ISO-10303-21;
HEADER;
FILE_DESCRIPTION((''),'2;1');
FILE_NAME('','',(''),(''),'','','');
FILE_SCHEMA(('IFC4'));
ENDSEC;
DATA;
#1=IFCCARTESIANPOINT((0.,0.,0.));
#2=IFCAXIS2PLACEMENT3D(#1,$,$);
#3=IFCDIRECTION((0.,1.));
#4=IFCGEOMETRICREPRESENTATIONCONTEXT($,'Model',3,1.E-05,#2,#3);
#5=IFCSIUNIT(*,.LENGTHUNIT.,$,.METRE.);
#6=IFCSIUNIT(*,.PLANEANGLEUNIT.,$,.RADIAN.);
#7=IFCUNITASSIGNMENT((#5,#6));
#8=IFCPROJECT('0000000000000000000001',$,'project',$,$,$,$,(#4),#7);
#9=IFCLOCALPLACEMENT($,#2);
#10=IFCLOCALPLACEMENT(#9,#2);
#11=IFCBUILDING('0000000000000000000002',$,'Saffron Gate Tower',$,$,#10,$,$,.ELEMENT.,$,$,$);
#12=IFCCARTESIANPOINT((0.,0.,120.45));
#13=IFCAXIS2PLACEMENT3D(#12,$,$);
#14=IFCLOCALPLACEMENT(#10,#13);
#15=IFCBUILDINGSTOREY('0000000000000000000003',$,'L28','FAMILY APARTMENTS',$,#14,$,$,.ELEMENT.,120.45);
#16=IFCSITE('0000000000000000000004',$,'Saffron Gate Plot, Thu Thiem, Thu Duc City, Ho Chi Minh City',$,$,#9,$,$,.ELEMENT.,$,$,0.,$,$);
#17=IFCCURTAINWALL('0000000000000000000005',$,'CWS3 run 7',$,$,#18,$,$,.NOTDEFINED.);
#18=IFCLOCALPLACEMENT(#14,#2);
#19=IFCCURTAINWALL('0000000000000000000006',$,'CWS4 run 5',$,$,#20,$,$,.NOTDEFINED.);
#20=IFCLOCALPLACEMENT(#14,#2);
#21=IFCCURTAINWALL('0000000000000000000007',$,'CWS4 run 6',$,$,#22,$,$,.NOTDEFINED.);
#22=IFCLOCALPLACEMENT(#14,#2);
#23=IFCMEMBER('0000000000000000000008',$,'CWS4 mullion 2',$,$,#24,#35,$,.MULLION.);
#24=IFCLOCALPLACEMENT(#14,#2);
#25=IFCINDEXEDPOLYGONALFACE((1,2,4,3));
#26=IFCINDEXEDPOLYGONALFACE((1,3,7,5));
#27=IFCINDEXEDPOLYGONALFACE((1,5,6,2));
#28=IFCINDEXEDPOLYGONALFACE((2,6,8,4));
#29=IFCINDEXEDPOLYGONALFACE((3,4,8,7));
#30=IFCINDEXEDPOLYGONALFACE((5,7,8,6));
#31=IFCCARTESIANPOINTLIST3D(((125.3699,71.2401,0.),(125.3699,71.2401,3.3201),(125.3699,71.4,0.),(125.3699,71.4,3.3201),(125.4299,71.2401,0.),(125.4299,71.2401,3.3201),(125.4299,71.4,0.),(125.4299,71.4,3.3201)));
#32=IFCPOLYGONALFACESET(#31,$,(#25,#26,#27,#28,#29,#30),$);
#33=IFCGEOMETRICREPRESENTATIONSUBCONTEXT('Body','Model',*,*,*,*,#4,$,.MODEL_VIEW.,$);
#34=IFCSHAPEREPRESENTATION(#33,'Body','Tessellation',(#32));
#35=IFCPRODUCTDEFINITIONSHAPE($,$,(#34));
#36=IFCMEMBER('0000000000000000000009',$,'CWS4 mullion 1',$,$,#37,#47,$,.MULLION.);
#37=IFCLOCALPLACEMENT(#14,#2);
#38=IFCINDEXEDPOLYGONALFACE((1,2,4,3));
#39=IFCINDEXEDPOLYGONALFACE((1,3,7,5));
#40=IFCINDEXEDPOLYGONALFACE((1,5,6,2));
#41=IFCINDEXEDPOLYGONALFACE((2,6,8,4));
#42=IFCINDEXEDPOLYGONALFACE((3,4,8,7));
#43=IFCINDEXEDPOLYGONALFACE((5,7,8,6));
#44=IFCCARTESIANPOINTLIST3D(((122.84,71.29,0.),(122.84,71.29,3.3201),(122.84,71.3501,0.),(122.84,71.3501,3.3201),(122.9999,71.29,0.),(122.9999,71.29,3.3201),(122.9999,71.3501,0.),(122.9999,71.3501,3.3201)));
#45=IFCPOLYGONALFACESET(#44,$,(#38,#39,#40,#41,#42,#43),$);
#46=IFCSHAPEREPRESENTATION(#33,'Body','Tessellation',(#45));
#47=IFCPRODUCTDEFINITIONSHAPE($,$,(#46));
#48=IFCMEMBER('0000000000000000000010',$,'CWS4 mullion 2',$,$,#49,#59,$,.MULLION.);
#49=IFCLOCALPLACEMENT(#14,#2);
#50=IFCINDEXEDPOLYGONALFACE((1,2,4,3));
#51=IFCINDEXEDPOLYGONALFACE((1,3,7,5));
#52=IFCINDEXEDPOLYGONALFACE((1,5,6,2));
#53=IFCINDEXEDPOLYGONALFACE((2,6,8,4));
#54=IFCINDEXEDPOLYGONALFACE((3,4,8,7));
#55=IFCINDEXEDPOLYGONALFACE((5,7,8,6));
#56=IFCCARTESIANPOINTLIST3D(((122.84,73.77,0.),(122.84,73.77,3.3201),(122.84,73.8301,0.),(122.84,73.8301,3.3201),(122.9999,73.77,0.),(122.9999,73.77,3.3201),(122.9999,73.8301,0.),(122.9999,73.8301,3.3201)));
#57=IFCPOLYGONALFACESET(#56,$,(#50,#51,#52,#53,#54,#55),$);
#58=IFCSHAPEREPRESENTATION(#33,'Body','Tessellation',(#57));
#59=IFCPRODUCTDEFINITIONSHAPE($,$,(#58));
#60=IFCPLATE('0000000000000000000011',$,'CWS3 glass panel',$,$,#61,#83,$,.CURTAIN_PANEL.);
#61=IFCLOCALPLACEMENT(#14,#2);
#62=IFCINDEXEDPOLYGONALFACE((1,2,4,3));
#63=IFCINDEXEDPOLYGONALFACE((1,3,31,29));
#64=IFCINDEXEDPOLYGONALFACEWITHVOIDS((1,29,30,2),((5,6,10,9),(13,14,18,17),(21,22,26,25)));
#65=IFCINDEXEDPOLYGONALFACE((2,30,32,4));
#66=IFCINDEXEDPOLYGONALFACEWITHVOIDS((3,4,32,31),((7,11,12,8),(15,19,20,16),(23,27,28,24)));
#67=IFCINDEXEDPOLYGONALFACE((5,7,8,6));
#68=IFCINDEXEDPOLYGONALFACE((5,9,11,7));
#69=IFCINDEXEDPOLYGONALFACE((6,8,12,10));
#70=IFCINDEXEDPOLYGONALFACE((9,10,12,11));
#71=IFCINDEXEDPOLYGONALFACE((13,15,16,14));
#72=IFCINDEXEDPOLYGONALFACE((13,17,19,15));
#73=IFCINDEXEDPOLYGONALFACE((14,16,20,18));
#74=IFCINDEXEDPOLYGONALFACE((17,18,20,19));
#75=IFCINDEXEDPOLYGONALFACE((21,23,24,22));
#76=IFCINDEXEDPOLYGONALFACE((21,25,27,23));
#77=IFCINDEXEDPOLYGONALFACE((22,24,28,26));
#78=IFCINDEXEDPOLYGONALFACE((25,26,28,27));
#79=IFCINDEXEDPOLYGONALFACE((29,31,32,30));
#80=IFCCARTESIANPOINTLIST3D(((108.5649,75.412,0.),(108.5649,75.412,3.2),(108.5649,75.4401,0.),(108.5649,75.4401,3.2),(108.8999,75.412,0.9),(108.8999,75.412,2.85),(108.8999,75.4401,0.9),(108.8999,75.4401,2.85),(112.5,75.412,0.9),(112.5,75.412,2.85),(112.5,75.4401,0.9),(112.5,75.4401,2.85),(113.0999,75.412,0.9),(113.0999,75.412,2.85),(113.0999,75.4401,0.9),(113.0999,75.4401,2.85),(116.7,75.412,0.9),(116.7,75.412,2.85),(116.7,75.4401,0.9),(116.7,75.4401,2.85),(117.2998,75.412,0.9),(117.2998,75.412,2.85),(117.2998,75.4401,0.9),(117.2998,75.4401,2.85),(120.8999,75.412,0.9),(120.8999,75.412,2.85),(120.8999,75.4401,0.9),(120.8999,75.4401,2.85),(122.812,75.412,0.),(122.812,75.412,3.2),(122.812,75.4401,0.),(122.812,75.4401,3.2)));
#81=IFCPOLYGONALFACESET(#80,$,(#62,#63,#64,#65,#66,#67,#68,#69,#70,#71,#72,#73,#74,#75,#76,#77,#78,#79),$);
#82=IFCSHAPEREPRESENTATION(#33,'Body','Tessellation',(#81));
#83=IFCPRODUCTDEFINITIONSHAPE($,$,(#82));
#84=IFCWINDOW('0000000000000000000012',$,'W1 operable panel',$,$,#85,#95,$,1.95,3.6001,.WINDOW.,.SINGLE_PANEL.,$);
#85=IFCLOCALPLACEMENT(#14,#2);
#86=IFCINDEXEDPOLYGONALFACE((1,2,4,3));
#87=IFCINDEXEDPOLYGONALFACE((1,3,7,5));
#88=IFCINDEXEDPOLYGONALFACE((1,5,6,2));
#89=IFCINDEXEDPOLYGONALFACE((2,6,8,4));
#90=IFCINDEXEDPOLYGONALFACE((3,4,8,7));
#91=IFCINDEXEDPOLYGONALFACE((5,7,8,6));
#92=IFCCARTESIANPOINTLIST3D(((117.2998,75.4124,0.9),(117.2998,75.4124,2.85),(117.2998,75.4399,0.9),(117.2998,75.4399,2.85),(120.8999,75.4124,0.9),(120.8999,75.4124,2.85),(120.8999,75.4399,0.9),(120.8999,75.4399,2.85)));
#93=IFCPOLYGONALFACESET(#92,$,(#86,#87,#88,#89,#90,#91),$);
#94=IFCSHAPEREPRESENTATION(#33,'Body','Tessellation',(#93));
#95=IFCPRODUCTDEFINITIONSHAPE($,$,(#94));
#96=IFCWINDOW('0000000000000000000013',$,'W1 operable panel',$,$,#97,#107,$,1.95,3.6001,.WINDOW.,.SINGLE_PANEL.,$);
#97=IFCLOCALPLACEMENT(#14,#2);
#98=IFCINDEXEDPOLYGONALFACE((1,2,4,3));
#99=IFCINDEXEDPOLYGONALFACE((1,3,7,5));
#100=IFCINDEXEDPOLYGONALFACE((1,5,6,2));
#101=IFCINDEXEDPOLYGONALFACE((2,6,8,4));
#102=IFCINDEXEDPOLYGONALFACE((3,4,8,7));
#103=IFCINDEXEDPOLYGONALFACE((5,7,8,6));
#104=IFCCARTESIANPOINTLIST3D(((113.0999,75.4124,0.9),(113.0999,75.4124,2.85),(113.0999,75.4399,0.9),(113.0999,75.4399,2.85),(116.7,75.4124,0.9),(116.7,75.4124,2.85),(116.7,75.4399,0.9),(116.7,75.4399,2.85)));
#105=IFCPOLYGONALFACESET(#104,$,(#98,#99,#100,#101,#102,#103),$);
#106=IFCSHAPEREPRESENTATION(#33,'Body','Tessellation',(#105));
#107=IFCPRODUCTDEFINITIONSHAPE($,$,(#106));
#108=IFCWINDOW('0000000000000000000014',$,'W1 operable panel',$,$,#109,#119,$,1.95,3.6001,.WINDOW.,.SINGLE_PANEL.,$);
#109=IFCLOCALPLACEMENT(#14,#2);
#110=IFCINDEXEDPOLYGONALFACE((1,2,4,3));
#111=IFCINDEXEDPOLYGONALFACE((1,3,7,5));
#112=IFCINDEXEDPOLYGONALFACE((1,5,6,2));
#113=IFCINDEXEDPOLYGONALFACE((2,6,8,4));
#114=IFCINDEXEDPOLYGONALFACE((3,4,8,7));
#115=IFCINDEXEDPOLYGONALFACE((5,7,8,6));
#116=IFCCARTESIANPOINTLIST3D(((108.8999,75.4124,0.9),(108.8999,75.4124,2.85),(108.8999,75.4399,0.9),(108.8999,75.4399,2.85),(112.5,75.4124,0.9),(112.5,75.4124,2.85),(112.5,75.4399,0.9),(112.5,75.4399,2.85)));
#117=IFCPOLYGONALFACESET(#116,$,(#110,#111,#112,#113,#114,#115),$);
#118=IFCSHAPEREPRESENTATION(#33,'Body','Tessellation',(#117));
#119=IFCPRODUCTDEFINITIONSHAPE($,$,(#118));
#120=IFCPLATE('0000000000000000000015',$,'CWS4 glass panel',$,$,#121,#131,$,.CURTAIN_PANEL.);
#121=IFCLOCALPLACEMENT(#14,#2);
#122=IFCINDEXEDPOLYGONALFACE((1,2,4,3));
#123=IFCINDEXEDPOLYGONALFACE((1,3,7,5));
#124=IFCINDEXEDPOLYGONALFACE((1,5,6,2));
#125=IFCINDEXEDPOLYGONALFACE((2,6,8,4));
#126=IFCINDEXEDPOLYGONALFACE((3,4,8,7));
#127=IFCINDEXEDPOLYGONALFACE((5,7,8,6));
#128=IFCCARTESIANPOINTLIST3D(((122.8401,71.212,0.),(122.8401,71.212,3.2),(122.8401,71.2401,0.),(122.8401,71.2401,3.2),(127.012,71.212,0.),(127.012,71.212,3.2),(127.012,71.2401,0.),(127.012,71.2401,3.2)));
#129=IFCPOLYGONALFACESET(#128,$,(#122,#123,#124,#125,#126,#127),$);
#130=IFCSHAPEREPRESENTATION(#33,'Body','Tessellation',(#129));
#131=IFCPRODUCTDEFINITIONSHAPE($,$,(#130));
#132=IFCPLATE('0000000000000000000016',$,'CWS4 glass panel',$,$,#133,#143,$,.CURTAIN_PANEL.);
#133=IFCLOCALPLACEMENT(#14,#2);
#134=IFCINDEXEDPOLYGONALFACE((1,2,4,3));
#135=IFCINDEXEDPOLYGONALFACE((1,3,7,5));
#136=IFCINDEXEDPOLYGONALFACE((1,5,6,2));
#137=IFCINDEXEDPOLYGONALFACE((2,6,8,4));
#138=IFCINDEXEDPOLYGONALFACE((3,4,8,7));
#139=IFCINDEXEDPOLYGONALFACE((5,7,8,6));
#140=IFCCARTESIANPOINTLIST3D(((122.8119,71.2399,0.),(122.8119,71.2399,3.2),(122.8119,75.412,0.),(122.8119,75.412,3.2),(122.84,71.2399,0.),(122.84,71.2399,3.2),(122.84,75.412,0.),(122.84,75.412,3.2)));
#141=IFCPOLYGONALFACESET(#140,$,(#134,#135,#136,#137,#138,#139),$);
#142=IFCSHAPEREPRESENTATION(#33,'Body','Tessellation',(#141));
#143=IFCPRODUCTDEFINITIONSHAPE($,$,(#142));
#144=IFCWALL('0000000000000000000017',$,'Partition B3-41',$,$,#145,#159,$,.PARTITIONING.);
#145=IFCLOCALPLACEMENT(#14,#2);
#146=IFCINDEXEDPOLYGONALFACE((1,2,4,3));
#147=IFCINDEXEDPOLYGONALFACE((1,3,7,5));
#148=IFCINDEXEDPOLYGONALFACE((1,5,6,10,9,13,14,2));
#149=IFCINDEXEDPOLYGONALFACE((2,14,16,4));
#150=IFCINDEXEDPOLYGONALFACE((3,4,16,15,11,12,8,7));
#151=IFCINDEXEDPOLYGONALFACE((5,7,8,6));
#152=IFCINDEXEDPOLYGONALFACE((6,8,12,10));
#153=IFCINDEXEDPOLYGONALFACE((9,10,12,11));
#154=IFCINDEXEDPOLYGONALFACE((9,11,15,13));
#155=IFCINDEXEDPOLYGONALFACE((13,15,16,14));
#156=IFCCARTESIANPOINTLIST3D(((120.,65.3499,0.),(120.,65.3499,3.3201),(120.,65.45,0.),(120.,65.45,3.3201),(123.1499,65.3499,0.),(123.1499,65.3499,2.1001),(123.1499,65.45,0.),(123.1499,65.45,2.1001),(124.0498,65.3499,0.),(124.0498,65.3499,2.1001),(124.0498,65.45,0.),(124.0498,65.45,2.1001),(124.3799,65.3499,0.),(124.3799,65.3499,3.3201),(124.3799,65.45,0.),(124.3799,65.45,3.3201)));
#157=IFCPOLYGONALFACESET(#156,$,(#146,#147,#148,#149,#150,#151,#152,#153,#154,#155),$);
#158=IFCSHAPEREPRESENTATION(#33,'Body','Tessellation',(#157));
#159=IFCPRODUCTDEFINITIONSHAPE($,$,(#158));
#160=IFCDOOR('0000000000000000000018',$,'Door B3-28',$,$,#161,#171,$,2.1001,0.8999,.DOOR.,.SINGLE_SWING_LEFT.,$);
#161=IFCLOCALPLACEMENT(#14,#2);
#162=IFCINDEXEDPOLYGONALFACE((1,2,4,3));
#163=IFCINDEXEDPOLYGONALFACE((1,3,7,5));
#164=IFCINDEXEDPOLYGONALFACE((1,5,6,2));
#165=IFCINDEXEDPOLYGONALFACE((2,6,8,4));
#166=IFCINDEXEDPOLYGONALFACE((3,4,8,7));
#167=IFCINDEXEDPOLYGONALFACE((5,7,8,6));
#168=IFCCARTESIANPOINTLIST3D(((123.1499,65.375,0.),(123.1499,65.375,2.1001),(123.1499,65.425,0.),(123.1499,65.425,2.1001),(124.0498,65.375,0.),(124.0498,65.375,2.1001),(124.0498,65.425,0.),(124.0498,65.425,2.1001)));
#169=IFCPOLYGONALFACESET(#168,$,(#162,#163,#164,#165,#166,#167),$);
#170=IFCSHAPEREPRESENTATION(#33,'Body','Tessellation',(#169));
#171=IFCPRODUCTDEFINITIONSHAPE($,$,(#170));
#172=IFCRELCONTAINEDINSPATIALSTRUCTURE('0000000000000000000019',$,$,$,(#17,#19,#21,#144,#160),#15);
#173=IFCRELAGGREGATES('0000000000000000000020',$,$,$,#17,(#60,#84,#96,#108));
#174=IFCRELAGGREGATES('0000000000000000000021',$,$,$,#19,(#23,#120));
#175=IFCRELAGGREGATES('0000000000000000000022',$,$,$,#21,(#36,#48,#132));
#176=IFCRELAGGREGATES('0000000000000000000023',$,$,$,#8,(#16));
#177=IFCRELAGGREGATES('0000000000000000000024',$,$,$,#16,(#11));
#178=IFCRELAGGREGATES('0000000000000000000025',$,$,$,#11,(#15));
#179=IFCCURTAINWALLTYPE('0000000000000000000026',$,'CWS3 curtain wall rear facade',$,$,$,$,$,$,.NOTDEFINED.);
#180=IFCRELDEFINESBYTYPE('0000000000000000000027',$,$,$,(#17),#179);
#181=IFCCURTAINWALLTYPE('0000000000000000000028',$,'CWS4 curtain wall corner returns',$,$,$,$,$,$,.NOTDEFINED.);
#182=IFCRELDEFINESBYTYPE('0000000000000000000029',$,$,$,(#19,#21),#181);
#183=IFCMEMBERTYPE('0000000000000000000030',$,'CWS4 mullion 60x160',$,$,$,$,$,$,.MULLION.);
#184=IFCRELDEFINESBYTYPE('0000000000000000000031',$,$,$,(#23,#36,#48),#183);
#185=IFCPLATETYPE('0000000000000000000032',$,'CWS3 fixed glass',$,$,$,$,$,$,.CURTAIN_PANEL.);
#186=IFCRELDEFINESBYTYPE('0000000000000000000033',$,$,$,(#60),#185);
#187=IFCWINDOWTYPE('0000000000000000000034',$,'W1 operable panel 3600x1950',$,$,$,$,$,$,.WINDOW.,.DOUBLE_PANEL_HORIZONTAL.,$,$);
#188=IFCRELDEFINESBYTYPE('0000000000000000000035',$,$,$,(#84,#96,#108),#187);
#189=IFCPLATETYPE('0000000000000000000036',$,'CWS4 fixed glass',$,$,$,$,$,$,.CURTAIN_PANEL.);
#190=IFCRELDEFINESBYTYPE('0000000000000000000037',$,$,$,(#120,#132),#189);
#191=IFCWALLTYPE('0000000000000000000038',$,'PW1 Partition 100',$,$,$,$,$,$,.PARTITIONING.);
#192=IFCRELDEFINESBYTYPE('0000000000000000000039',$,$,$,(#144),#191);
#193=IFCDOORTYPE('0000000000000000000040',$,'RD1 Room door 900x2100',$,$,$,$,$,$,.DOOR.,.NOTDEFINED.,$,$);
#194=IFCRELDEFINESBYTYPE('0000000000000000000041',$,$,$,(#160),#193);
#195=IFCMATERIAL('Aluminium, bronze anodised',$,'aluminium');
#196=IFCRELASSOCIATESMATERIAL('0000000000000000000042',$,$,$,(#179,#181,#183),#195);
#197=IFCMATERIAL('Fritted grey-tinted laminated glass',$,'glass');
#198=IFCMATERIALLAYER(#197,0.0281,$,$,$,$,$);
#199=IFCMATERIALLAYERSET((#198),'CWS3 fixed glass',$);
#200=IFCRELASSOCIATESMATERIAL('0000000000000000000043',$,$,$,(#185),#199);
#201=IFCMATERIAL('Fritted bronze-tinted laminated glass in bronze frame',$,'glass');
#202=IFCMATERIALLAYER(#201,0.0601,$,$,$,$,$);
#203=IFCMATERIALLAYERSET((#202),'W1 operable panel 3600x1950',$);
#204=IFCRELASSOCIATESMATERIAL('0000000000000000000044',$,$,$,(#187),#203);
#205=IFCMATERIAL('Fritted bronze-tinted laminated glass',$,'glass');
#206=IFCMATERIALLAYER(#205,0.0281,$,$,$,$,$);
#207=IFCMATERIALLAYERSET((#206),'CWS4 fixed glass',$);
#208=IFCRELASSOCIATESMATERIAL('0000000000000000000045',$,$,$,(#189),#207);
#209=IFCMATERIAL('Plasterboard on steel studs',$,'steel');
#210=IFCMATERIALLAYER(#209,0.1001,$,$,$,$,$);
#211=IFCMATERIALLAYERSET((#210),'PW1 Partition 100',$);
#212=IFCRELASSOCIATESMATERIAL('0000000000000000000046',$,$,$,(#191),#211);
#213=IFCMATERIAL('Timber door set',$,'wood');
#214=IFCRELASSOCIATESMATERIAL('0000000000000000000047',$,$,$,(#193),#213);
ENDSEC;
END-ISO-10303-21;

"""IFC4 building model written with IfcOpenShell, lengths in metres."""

from ifc_helpers import new_model, si_unit, direction, frame, frame_2d, origin, origin_2d, place, context, subcontext, project, spatial, rectangle, extrude, material, layer, layer_set, material_profile, profile_set, type_object, element, fill, aggregate, save


model = new_model("IFC4")

# Units and contexts
model_context = context("Model", 3, precision=1e-05, world=origin(), true_north=direction((0.0, 1.0)))
body_context = subcontext(model_context, "Body", "Model", "MODEL_VIEW")
ifc_project = project(units=[si_unit("LENGTHUNIT", "METRE"), si_unit("PLANEANGLEUNIT", "RADIAN")], contexts=[model_context])

# Site, building, storey
site_placement = place(None, origin())
site = spatial("IfcSite", under=ifc_project, at=site_placement, Name="Saffron Gate Plot, Thu Thiem, Thu Duc City, Ho Chi Minh City", CompositionType="ELEMENT", RefElevation=0.0)
building_placement = place(site_placement, origin())
building = spatial("IfcBuilding", under=site, at=building_placement, Name="Saffron Gate Tower", CompositionType="ELEMENT")
storey_placement = place(building_placement, frame((0.0, 0.0, 120.45)))
storey = spatial("IfcBuildingStorey", under=building, at=storey_placement, Name="L28", Description="FAMILY APARTMENTS", CompositionType="ELEMENT", Elevation=120.45)

# Curtain wall
ifc_material_1 = material(Name="Aluminium, bronze anodised", Category="aluminium")
curtain_wall_type_1 = type_object("IfcCurtainWallType", Name="CWS3 curtain wall rear facade", PredefinedType="NOTDEFINED", material=ifc_material_1)
curtain_wall_1_placement = place(storey_placement, origin())
curtain_wall_1 = element("IfcCurtainWall", 1, at=curtain_wall_1_placement, inside=storey, type_object=curtain_wall_type_1, Name="CWS3 run 7", PredefinedType="NOTDEFINED")

# Curtain walls
curtain_wall_type_2 = type_object("IfcCurtainWallType", Name="CWS4 curtain wall corner returns", PredefinedType="NOTDEFINED", material=ifc_material_1)
curtain_wall_2_placement = place(storey_placement, origin())
curtain_wall_2 = element("IfcCurtainWall", 2, at=curtain_wall_2_placement, inside=storey, type_object=curtain_wall_type_2, Name="CWS4 run 5", PredefinedType="NOTDEFINED")
curtain_wall_3_placement = place(storey_placement, origin())
curtain_wall_3 = element("IfcCurtainWall", 3, at=curtain_wall_3_placement, inside=storey, type_object=curtain_wall_type_2, Name="CWS4 run 6", PredefinedType="NOTDEFINED")

# Members
ifc_material_profile_1 = material_profile(ifc_material_1, rectangle(XDim=0.1599, YDim=0.0601, at=origin_2d()))
ifc_profile_set_1 = profile_set([ifc_material_profile_1], Name="Aluminium, bronze anodised")
member_type_1 = type_object("IfcMemberType", Name="CWS4 mullion 60x160", PredefinedType="MULLION", material=ifc_profile_set_1)
member_1_placement = place(storey_placement, frame((125.3999, 71.3201, 0.0), z_axis=(0.0, 0.0, 1.0), x_axis=(0.0, -1.0, 0.0)))
member_1 = element("IfcMember", 4, at=member_1_placement, type_object=member_type_1, Name="CWS4 mullion 2", PredefinedType="MULLION", context=body_context, shape_type="SweptSolid", body=[
    extrude(rectangle(XDim=0.1599, YDim=0.0601, at=origin_2d()), origin(), (0.0, 0.0, 1.0), 3.3201),
])
member_2_placement = place(storey_placement, frame((122.9199, 71.3201, 0.0), z_axis=(0.0, 0.0, 1.0), x_axis=(-1.0, 0.0, 0.0)))
member_2 = element("IfcMember", 5, at=member_2_placement, type_object=member_type_1, Name="CWS4 mullion 1", PredefinedType="MULLION", context=body_context, shape_type="SweptSolid", body=[
    extrude(rectangle(XDim=0.1599, YDim=0.0601, at=origin_2d()), origin(), (0.0, 0.0, 1.0), 3.3201),
])
member_3_placement = place(storey_placement, frame((122.9199, 73.8, 0.0), z_axis=(0.0, 0.0, 1.0), x_axis=(-1.0, 0.0, 0.0)))
member_3 = element("IfcMember", 6, at=member_3_placement, type_object=member_type_1, Name="CWS4 mullion 2", PredefinedType="MULLION", context=body_context, shape_type="SweptSolid", body=[
    extrude(rectangle(XDim=0.1599, YDim=0.0601, at=origin_2d()), origin(), (0.0, 0.0, 1.0), 3.3201),
])

# Plate, openings, windows
ifc_material_2 = material(Name="Fritted grey-tinted laminated glass", Category="glass")
ifc_layer_1 = layer(ifc_material_2, 0.0281)
ifc_layer_set_1 = layer_set([ifc_layer_1], Name="CWS3 fixed glass")
plate_type_1 = type_object("IfcPlateType", Name="CWS3 fixed glass", PredefinedType="CURTAIN_PANEL", material=ifc_layer_set_1)
plate_1_placement = place(storey_placement, frame((122.812, 75.426, 0.0), z_axis=(0.0, 0.0, 1.0), x_axis=(-1.0, 0.0, 0.0)))
plate_1 = element("IfcPlate", 7, at=plate_1_placement, type_object=plate_type_1, Name="CWS3 glass panel", PredefinedType="CURTAIN_PANEL", context=body_context, shape_type="SweptSolid", body=[
    extrude(rectangle(XDim=14.2471, YDim=0.0281, at=frame_2d((7.1235, 0.0))), origin(), (0.0, 0.0, 1.0), 3.2),
])
opening_1_placement = place(plate_1_placement, frame((1.9121, 0.0, 0.8999)))
opening_1 = element("IfcOpeningElement", 8, at=opening_1_placement, cuts=plate_1, PredefinedType="OPENING", context=body_context, shape_type="SweptSolid", body=[
    extrude(rectangle(XDim=3.6001, YDim=1.95, at=frame_2d((1.8, 0.9751))), frame((0.0, 0.0239, 0.0), z_axis=(0.0, -1.0, 0.0), x_axis=(1.0, 0.0, 0.0)), (0.0, 0.0, 1.0), 0.0481),
])
opening_2_placement = place(plate_1_placement, frame((6.1121, 0.0, 0.8999)))
opening_2 = element("IfcOpeningElement", 9, at=opening_2_placement, cuts=plate_1, PredefinedType="OPENING", context=body_context, shape_type="SweptSolid", body=[
    extrude(rectangle(XDim=3.6001, YDim=1.95, at=frame_2d((1.8, 0.9751))), frame((0.0, 0.0239, 0.0), z_axis=(0.0, -1.0, 0.0), x_axis=(1.0, 0.0, 0.0)), (0.0, 0.0, 1.0), 0.0481),
])
opening_3_placement = place(plate_1_placement, frame((10.312, 0.0, 0.8999)))
opening_3 = element("IfcOpeningElement", 10, at=opening_3_placement, cuts=plate_1, PredefinedType="OPENING", context=body_context, shape_type="SweptSolid", body=[
    extrude(rectangle(XDim=3.6001, YDim=1.95, at=frame_2d((1.8, 0.9751))), frame((0.0, 0.0239, 0.0), z_axis=(0.0, -1.0, 0.0), x_axis=(1.0, 0.0, 0.0)), (0.0, 0.0, 1.0), 0.0481),
])
ifc_material_3 = material(Name="Fritted bronze-tinted laminated glass in bronze frame", Category="glass")
ifc_layer_2 = layer(ifc_material_3, 0.0601)
ifc_layer_set_2 = layer_set([ifc_layer_2], Name="W1 operable panel 3600x1950")
window_type = type_object("IfcWindowType", Name="W1 operable panel 3600x1950", PartitioningType="DOUBLE_PANEL_HORIZONTAL", PredefinedType="WINDOW", material=ifc_layer_set_2)
window_1_placement = place(opening_1_placement, origin())
window_1 = element("IfcWindow", 11, at=window_1_placement, type_object=window_type, Name="W1 operable panel", OverallHeight=1.95, OverallWidth=3.6001, PartitioningType="SINGLE_PANEL", PredefinedType="WINDOW", context=body_context, shape_type="SweptSolid", body=[
    extrude(rectangle(XDim=3.6001, YDim=1.95, at=frame_2d((1.8, 0.9751))), frame((0.0, 0.0137, 0.0), z_axis=(0.0, -1.0, 0.0), x_axis=(1.0, 0.0, 0.0)), (0.0, 0.0, 1.0), 0.0276),
])
fill(opening_1, window_1)
window_2_placement = place(opening_2_placement, origin())
window_2 = element("IfcWindow", 12, at=window_2_placement, type_object=window_type, Name="W1 operable panel", OverallHeight=1.95, OverallWidth=3.6001, PartitioningType="SINGLE_PANEL", PredefinedType="WINDOW", context=body_context, shape_type="SweptSolid", body=[
    extrude(rectangle(XDim=3.6001, YDim=1.95, at=frame_2d((1.8, 0.9751))), frame((0.0, 0.0137, 0.0), z_axis=(0.0, -1.0, 0.0), x_axis=(1.0, 0.0, 0.0)), (0.0, 0.0, 1.0), 0.0276),
])
fill(opening_2, window_2)
window_3_placement = place(opening_3_placement, origin())
window_3 = element("IfcWindow", 13, at=window_3_placement, type_object=window_type, Name="W1 operable panel", OverallHeight=1.95, OverallWidth=3.6001, PartitioningType="SINGLE_PANEL", PredefinedType="WINDOW", context=body_context, shape_type="SweptSolid", body=[
    extrude(rectangle(XDim=3.6001, YDim=1.95, at=frame_2d((1.8, 0.9751))), frame((0.0, 0.0137, 0.0), z_axis=(0.0, -1.0, 0.0), x_axis=(1.0, 0.0, 0.0)), (0.0, 0.0, 1.0), 0.0276),
])
fill(opening_3, window_3)
aggregate(curtain_wall_1, [plate_1, window_1, window_2, window_3])

# Plates
ifc_material_4 = material(Name="Fritted bronze-tinted laminated glass", Category="glass")
ifc_layer_3 = layer(ifc_material_4, 0.0281)
ifc_layer_set_3 = layer_set([ifc_layer_3], Name="CWS4 fixed glass")
plate_type_2 = type_object("IfcPlateType", Name="CWS4 fixed glass", PredefinedType="CURTAIN_PANEL", material=ifc_layer_set_3)
plate_2_placement = place(storey_placement, frame((127.012, 71.2261, 0.0), z_axis=(0.0, 0.0, 1.0), x_axis=(-1.0, 0.0, 0.0)))
plate_2 = element("IfcPlate", 14, at=plate_2_placement, type_object=plate_type_2, Name="CWS4 glass panel", PredefinedType="CURTAIN_PANEL", context=body_context, shape_type="SweptSolid", body=[
    extrude(rectangle(XDim=4.1719, YDim=0.0281, at=frame_2d((2.0859, 0.0))), origin(), (0.0, 0.0, 1.0), 3.2),
])
aggregate(curtain_wall_2, [member_1, plate_2])
plate_3_placement = place(storey_placement, frame((122.8259, 71.24, 0.0), z_axis=(0.0, 0.0, 1.0), x_axis=(0.0, 1.0, 0.0)))
plate_3 = element("IfcPlate", 15, at=plate_3_placement, type_object=plate_type_2, Name="CWS4 glass panel", PredefinedType="CURTAIN_PANEL", context=body_context, shape_type="SweptSolid", body=[
    extrude(rectangle(XDim=4.1721, YDim=0.0281, at=frame_2d((2.0859, 0.0))), origin(), (0.0, 0.0, 1.0), 3.2),
])
aggregate(curtain_wall_3, [member_2, member_3, plate_3])

# Wall, opening, door
ifc_material_5 = material(Name="Plasterboard on steel studs", Category="steel")
ifc_layer_4 = layer(ifc_material_5, 0.1001)
ifc_layer_set_4 = layer_set([ifc_layer_4], Name="PW1 Partition 100")
wall_type_1 = type_object("IfcWallType", Name="PW1 Partition 100", PredefinedType="PARTITIONING", material=ifc_layer_set_4)
wall_1_placement = place(storey_placement, frame((124.3799, 65.3999, 0.0), z_axis=(0.0, 0.0, 1.0), x_axis=(-1.0, 0.0, 0.0)))
wall_1 = element("IfcWall", 16, at=wall_1_placement, inside=storey, type_object=wall_type_1, Name="Partition B3-41", PredefinedType="PARTITIONING", context=body_context, shape_type="SweptSolid", body=[
    extrude(rectangle(XDim=4.3799, YDim=0.1001, at=frame_2d((2.1899, 0.0))), origin(), (0.0, 0.0, 1.0), 3.3201),
])
opening_4_placement = place(wall_1_placement, frame((0.3301, 0.0, 0.0)))
opening_4 = element("IfcOpeningElement", 17, at=opening_4_placement, cuts=wall_1, PredefinedType="OPENING", context=body_context, shape_type="SweptSolid", body=[
    extrude(rectangle(XDim=0.8999, YDim=2.1001, at=frame_2d((0.45, 1.05))), frame((0.0, 0.0601, 0.0), z_axis=(0.0, -1.0, 0.0), x_axis=(1.0, 0.0, 0.0)), (0.0, 0.0, 1.0), 0.1201),
])
ifc_material_6 = material(Name="Timber door set", Category="wood")
door_type_1 = type_object("IfcDoorType", Name="RD1 Room door 900x2100", OperationType="NOTDEFINED", PredefinedType="DOOR", material=ifc_material_6)
door_1_placement = place(opening_4_placement, origin())
door_1 = element("IfcDoor", 18, at=door_1_placement, inside=storey, type_object=door_type_1, Name="Door B3-28", OperationType="SINGLE_SWING_LEFT", OverallHeight=2.1001, OverallWidth=0.8999, PredefinedType="DOOR", context=body_context, shape_type="SweptSolid", body=[
    extrude(rectangle(XDim=0.8999, YDim=2.1001, at=frame_2d((0.45, 1.05))), frame((0.0, 0.0249, 0.0), z_axis=(0.0, -1.0, 0.0), x_axis=(1.0, 0.0, 0.0)), (0.0, 0.0, 1.0), 0.05),
])
fill(opening_4, door_1)

save(model, "model.ifc")
